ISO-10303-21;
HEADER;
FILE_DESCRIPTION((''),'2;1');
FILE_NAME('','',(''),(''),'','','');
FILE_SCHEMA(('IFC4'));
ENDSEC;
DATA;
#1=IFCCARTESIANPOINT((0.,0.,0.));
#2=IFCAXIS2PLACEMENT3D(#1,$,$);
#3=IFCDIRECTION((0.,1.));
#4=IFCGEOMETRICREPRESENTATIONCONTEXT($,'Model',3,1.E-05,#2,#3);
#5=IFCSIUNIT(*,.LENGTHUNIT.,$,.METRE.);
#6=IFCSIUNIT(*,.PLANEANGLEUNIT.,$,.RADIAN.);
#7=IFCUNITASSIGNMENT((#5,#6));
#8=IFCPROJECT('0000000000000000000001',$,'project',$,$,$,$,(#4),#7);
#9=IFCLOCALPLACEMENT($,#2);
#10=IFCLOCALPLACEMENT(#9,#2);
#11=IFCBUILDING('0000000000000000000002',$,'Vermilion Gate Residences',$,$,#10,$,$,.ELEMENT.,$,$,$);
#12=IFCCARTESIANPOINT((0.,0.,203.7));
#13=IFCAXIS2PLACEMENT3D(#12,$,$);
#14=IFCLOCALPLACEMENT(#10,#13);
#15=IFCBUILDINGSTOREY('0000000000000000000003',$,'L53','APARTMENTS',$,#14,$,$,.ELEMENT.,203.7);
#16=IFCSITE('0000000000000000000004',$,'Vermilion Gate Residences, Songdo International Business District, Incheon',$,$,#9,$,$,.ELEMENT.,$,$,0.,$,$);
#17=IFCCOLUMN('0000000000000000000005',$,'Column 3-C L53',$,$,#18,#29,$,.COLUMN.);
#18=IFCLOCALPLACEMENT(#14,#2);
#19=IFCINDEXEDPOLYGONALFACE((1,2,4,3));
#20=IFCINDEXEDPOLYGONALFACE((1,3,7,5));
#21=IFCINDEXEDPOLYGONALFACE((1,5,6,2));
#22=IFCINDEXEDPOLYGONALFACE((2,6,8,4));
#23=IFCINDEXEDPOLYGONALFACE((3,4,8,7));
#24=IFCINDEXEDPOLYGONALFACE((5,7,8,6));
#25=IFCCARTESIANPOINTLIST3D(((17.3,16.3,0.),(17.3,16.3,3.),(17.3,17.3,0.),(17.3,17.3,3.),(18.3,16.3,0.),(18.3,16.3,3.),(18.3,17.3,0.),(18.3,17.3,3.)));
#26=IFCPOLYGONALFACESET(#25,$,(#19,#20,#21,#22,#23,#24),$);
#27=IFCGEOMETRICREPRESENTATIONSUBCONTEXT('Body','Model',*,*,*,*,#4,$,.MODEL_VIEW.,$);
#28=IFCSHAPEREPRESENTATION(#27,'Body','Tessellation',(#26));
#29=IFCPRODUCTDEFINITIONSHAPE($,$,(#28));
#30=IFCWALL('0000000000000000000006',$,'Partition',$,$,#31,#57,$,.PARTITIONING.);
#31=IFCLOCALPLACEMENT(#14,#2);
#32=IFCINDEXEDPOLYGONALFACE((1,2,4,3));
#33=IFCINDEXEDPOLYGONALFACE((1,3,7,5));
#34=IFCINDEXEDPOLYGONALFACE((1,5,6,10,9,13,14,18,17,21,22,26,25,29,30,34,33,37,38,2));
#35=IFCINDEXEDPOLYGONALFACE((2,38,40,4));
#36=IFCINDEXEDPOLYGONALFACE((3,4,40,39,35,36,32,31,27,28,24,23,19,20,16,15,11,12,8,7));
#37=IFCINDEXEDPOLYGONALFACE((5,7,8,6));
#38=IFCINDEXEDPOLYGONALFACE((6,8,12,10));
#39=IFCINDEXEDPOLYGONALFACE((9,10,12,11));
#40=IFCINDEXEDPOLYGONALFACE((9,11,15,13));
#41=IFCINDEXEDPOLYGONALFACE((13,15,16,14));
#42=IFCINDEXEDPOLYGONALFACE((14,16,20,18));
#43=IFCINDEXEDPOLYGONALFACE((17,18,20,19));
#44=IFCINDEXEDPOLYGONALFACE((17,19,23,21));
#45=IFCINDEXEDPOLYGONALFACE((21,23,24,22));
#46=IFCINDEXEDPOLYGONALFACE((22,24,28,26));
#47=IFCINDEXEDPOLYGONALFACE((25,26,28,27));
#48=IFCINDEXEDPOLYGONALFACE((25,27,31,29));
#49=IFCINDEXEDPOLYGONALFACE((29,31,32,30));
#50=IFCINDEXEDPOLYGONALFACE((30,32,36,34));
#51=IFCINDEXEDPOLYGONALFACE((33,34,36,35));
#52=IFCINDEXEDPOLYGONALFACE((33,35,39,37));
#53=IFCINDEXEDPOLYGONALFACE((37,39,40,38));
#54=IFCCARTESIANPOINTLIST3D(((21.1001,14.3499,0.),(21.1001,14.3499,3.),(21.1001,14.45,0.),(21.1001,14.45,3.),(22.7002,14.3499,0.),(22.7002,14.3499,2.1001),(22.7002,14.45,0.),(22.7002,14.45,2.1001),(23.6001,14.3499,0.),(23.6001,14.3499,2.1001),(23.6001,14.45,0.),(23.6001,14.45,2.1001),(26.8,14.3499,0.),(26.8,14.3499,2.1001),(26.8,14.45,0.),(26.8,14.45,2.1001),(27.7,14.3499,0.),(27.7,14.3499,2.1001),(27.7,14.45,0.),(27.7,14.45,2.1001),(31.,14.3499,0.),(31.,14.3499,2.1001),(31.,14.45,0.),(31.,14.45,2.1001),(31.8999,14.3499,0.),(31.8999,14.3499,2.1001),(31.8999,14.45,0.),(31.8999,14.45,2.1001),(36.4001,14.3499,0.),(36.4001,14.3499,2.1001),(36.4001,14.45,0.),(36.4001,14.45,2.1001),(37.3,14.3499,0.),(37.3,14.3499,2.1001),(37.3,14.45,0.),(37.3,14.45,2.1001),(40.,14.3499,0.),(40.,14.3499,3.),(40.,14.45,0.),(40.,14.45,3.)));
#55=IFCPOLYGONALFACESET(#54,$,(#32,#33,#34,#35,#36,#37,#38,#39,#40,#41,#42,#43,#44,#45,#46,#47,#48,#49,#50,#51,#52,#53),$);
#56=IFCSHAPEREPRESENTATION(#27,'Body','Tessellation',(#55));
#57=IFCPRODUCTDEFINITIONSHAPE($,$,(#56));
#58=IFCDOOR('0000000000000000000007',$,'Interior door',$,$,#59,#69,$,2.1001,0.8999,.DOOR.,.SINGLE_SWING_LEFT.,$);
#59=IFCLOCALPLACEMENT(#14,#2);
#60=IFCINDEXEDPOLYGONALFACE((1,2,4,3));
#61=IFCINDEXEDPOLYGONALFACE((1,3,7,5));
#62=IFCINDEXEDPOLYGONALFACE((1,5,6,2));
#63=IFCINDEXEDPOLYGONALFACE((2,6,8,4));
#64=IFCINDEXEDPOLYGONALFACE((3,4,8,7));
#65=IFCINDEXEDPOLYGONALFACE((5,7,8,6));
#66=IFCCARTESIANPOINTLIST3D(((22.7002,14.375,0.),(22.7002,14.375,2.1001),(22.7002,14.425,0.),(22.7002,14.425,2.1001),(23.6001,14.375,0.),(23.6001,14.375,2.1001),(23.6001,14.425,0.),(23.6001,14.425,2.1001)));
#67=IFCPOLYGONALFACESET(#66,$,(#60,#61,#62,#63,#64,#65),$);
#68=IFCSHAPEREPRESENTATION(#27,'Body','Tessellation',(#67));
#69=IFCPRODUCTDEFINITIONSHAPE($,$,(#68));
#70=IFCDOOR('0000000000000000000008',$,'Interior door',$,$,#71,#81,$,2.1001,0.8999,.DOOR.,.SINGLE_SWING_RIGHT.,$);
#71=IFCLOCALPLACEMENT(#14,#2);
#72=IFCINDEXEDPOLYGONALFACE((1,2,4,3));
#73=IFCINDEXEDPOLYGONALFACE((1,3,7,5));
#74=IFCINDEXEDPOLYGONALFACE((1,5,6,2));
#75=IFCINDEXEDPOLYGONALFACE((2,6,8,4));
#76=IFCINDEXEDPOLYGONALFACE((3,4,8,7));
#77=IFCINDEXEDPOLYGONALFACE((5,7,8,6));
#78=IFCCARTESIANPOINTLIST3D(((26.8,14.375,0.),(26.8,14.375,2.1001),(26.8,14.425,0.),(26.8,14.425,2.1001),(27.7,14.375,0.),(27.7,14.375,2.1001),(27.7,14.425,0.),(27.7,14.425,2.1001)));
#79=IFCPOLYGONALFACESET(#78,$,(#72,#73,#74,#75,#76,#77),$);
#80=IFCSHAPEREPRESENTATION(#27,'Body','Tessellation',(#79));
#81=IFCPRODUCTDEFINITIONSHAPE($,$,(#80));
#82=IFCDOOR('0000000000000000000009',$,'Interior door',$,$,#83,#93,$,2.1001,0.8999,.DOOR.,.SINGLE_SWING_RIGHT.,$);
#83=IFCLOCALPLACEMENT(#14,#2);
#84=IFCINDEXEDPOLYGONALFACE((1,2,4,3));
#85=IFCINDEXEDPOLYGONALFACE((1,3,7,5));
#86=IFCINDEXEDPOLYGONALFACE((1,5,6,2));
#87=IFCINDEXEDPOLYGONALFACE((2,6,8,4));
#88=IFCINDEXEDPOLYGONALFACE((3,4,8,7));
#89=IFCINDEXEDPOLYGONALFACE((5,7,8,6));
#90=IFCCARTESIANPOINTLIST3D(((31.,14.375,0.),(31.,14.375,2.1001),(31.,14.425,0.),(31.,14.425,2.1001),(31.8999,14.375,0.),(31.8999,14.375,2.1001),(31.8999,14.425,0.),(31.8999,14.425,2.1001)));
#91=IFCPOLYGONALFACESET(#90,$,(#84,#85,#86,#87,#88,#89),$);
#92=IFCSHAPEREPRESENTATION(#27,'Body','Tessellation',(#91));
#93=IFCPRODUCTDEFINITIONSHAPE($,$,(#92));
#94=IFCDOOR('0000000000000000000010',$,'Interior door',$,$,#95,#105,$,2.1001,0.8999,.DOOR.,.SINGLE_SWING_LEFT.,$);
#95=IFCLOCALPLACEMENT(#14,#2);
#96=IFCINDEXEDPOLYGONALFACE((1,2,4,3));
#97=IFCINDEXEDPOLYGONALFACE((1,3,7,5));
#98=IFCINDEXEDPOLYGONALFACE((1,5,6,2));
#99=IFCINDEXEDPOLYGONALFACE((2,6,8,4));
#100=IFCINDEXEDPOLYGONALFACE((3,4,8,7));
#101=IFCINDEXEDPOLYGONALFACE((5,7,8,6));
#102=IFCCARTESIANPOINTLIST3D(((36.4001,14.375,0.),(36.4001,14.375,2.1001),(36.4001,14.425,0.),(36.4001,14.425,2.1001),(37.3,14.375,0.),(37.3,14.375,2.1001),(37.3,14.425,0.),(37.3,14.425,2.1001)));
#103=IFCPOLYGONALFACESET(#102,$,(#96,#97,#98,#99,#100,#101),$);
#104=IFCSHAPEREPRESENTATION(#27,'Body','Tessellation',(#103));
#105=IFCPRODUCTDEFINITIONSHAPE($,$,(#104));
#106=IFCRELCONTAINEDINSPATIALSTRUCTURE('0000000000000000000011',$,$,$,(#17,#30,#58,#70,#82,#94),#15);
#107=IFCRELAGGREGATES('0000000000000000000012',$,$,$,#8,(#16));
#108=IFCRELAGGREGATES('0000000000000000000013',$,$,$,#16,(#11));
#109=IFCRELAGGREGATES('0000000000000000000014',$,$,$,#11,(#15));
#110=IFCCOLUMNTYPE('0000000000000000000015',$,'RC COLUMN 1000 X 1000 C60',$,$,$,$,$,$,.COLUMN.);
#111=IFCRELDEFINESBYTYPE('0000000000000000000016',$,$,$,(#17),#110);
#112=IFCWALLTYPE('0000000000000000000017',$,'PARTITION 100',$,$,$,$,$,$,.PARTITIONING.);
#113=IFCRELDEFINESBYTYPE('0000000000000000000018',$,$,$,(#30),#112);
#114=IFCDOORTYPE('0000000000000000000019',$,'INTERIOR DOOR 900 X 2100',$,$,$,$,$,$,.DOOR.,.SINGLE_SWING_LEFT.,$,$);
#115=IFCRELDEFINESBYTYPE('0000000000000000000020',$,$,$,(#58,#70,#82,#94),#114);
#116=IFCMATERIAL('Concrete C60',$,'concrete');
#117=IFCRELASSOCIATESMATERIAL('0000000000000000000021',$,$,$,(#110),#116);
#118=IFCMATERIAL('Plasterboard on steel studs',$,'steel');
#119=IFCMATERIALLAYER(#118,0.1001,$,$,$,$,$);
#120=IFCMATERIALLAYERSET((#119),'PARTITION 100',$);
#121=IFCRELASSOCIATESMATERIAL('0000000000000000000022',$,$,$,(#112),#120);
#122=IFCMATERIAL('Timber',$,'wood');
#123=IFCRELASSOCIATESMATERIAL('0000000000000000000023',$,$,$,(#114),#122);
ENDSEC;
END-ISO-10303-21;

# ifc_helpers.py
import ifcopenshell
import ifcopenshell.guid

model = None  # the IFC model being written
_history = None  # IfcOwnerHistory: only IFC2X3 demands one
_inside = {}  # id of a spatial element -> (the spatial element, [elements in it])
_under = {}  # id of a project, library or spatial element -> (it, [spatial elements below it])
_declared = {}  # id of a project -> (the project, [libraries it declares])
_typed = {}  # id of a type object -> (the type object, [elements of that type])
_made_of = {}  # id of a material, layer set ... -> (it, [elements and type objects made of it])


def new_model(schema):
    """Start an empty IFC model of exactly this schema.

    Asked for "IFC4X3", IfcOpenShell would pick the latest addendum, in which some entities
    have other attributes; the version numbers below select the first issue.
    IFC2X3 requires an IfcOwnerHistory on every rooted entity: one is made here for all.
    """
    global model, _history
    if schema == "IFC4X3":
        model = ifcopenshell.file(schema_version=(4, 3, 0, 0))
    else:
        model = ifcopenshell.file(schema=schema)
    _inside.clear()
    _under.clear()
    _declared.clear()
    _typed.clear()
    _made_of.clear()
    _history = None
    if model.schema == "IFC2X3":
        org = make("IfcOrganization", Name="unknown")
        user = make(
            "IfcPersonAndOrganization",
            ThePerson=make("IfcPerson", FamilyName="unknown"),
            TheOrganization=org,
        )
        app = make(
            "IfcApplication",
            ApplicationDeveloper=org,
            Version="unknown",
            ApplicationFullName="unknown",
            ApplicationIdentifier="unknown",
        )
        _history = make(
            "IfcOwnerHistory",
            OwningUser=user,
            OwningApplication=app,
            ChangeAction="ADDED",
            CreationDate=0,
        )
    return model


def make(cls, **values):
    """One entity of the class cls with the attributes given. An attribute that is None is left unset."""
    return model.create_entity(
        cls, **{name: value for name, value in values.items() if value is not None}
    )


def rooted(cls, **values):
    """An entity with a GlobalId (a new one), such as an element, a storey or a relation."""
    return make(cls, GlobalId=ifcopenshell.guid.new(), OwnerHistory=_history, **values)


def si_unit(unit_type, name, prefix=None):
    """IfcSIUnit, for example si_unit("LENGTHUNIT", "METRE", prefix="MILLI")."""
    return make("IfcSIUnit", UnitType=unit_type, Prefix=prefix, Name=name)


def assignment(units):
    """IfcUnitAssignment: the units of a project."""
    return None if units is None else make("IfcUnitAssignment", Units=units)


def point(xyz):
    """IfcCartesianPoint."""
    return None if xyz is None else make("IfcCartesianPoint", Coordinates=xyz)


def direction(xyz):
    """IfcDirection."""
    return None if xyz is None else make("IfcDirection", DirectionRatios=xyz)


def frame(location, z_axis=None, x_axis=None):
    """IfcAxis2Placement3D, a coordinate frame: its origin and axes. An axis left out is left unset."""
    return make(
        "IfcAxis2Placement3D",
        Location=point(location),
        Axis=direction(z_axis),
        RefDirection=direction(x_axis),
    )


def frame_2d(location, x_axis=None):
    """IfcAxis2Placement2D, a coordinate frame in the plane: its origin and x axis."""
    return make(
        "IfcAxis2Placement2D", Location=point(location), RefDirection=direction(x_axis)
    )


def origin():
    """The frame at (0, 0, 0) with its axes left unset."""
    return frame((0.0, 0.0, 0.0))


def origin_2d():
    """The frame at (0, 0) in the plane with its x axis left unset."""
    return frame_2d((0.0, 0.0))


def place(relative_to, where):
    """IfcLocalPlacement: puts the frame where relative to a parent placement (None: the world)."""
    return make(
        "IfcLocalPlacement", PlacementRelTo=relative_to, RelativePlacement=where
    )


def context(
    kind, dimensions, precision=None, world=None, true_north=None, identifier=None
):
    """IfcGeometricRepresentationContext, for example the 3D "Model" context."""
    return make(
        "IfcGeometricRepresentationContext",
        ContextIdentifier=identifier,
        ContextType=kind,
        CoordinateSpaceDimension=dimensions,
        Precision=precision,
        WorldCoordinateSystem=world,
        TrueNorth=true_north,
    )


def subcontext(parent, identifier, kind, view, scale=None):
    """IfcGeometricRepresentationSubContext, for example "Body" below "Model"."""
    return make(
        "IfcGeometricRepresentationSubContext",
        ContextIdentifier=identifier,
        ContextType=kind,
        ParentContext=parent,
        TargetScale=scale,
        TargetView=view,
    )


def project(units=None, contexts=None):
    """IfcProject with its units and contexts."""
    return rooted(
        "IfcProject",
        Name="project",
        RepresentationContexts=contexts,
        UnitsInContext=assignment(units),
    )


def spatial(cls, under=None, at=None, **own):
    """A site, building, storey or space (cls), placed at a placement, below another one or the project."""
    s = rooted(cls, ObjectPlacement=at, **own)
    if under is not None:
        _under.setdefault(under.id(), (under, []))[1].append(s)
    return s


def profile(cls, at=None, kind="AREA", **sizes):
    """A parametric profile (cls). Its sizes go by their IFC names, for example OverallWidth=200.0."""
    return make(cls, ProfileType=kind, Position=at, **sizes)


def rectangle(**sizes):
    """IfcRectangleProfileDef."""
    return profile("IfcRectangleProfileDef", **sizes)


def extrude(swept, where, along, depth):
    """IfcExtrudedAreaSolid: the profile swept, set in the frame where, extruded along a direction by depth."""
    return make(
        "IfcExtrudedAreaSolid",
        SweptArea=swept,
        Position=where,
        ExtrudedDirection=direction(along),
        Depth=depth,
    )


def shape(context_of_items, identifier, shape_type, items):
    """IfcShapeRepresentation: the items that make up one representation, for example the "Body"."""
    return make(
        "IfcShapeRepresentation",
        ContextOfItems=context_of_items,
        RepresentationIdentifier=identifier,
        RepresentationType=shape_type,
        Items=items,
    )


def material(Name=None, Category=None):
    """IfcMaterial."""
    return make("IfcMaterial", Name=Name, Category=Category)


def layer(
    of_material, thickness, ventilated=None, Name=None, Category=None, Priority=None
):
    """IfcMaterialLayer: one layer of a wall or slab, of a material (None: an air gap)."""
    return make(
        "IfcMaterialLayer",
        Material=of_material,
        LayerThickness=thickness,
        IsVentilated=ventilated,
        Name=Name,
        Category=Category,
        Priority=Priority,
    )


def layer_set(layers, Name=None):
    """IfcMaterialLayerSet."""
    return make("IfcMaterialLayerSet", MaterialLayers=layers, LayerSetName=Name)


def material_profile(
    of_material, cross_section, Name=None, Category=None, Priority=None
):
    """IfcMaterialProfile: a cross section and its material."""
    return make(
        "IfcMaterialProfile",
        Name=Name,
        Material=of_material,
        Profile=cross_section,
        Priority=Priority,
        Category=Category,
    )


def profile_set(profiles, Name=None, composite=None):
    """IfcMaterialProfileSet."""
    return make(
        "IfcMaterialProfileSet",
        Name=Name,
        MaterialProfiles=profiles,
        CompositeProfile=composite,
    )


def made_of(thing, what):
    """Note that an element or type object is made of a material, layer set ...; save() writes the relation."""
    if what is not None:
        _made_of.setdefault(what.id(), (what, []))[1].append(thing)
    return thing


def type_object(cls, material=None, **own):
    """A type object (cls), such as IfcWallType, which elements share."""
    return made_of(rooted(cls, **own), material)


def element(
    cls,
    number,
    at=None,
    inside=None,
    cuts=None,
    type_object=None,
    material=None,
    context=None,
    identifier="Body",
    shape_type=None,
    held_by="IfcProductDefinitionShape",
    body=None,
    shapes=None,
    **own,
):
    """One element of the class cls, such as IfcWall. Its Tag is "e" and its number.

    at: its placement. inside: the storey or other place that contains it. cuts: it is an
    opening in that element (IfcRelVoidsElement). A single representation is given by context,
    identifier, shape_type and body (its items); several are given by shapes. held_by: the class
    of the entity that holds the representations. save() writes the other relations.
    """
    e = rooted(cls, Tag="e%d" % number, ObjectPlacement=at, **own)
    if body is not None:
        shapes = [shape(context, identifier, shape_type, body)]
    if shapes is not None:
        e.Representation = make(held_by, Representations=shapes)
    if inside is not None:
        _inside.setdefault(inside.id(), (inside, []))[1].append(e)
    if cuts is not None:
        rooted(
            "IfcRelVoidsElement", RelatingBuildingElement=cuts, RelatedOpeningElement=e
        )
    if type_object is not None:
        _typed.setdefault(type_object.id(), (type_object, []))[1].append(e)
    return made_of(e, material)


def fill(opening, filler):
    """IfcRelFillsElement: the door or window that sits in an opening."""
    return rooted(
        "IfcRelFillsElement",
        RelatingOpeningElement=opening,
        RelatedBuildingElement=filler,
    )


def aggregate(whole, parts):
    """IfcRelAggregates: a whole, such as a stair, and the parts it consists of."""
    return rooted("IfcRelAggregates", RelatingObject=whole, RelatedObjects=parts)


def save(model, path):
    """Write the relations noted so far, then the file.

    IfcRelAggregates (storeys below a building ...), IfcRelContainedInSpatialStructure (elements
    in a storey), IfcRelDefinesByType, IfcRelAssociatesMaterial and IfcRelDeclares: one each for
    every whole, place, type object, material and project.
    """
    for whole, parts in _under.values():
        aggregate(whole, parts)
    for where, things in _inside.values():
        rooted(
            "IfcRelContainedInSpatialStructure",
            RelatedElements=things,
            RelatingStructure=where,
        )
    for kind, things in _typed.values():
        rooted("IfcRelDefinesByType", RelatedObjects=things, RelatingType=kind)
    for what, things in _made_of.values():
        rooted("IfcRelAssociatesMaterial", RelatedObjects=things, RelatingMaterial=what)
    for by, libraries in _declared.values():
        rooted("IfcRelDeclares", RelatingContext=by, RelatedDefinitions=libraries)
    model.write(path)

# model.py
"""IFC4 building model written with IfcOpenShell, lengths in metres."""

from ifc_helpers import new_model, si_unit, direction, frame, frame_2d, origin, origin_2d, place, context, subcontext, project, spatial, rectangle, extrude, material, layer, layer_set, material_profile, profile_set, type_object, element, fill, save


model = new_model("IFC4")

# Units and contexts
model_context = context("Model", 3, precision=1e-05, world=origin(), true_north=direction((0.0, 1.0)))
body_context = subcontext(model_context, "Body", "Model", "MODEL_VIEW")
ifc_project = project(units=[si_unit("LENGTHUNIT", "METRE"), si_unit("PLANEANGLEUNIT", "RADIAN")], contexts=[model_context])

# Site, building, storey
site_placement = place(None, origin())
site = spatial("IfcSite", under=ifc_project, at=site_placement, Name="Vermilion Gate Residences, Songdo International Business District, Incheon", CompositionType="ELEMENT", RefElevation=0.0)
building_placement = place(site_placement, origin())
building = spatial("IfcBuilding", under=site, at=building_placement, Name="Vermilion Gate Residences", CompositionType="ELEMENT")
storey_placement = place(building_placement, frame((0.0, 0.0, 203.7)))
storey = spatial("IfcBuildingStorey", under=building, at=storey_placement, Name="L53", Description="APARTMENTS", CompositionType="ELEMENT", Elevation=203.7)

# Column
ifc_material_1 = material(Name="Concrete C60", Category="concrete")
ifc_material_profile = material_profile(ifc_material_1, rectangle(XDim=1.0, YDim=1.0, at=origin_2d()), Name="RC-1000x1000")
ifc_profile_set = profile_set([ifc_material_profile], Name="Concrete C60")
column_type = type_object("IfcColumnType", Name="RC COLUMN 1000 X 1000 C60", PredefinedType="COLUMN", material=ifc_profile_set)
column_placement = place(storey_placement, frame((17.8, 16.8, 0.0), z_axis=(0.0, 0.0, 1.0), x_axis=(1.0, 0.0, 0.0)))
element("IfcColumn", 1, at=column_placement, inside=storey, type_object=column_type, Name="Column 3-C L53", PredefinedType="COLUMN", context=body_context, shape_type="SweptSolid", body=[
    extrude(rectangle(XDim=1.0, YDim=1.0, at=origin_2d()), origin(), (0.0, 0.0, 1.0), 3.0),
])

# Wall, openings, doors
ifc_material_2 = material(Name="Plasterboard on steel studs", Category="steel")
ifc_layer_1 = layer(ifc_material_2, 0.1001)
ifc_layer_set_1 = layer_set([ifc_layer_1], Name="PARTITION 100")
wall_type_1 = type_object("IfcWallType", Name="PARTITION 100", PredefinedType="PARTITIONING", material=ifc_layer_set_1)
wall_1_placement = place(storey_placement, frame((21.1001, 14.3999, 0.0), z_axis=(0.0, 0.0, 1.0), x_axis=(1.0, 0.0, 0.0)))
wall_1 = element("IfcWall", 2, at=wall_1_placement, inside=storey, type_object=wall_type_1, Name="Partition", PredefinedType="PARTITIONING", context=body_context, shape_type="SweptSolid", body=[
    extrude(rectangle(XDim=18.8999, YDim=0.1001, at=frame_2d((9.45, 0.0))), origin(), (0.0, 0.0, 1.0), 3.0),
])
opening_1_placement = place(wall_1_placement, frame((1.6001, 0.0, 0.0)))
opening_1 = element("IfcOpeningElement", 3, at=opening_1_placement, cuts=wall_1, PredefinedType="OPENING", context=body_context, shape_type="SweptSolid", body=[
    extrude(rectangle(XDim=0.8999, YDim=2.1001, at=frame_2d((0.45, 1.05))), frame((0.0, 0.0601, 0.0), z_axis=(0.0, -1.0, 0.0), x_axis=(1.0, 0.0, 0.0)), (0.0, 0.0, 1.0), 0.1201),
])
opening_2_placement = place(wall_1_placement, frame((5.7, 0.0, 0.0)))
opening_2 = element("IfcOpeningElement", 4, at=opening_2_placement, cuts=wall_1, PredefinedType="OPENING", context=body_context, shape_type="SweptSolid", body=[
    extrude(rectangle(XDim=0.8999, YDim=2.1001, at=frame_2d((0.45, 1.05))), frame((0.0, 0.0601, 0.0), z_axis=(0.0, -1.0, 0.0), x_axis=(1.0, 0.0, 0.0)), (0.0, 0.0, 1.0), 0.1201),
])
opening_3_placement = place(wall_1_placement, frame((9.8999, 0.0, 0.0)))
opening_3 = element("IfcOpeningElement", 5, at=opening_3_placement, cuts=wall_1, PredefinedType="OPENING", context=body_context, shape_type="SweptSolid", body=[
    extrude(rectangle(XDim=0.8999, YDim=2.1001, at=frame_2d((0.45, 1.05))), frame((0.0, 0.0601, 0.0), z_axis=(0.0, -1.0, 0.0), x_axis=(1.0, 0.0, 0.0)), (0.0, 0.0, 1.0), 0.1201),
])
opening_4_placement = place(wall_1_placement, frame((15.3, 0.0, 0.0)))
opening_4 = element("IfcOpeningElement", 6, at=opening_4_placement, cuts=wall_1, PredefinedType="OPENING", context=body_context, shape_type="SweptSolid", body=[
    extrude(rectangle(XDim=0.8999, YDim=2.1001, at=frame_2d((0.45, 1.05))), frame((0.0, 0.0601, 0.0), z_axis=(0.0, -1.0, 0.0), x_axis=(1.0, 0.0, 0.0)), (0.0, 0.0, 1.0), 0.1201),
])
ifc_material_3 = material(Name="Timber", Category="wood")
door_type_1 = type_object("IfcDoorType", Name="INTERIOR DOOR 900 X 2100", OperationType="SINGLE_SWING_LEFT", PredefinedType="DOOR", material=ifc_material_3)
door_1_placement = place(opening_1_placement, frame((0.8999, 0.0, 0.0), z_axis=(0.0, 0.0, 1.0), x_axis=(-1.0, 0.0, 0.0)))
door_1 = element("IfcDoor", 7, at=door_1_placement, inside=storey, type_object=door_type_1, Name="Interior door", OperationType="SINGLE_SWING_LEFT", OverallHeight=2.1001, OverallWidth=0.8999, PredefinedType="DOOR", context=body_context, shape_type="SweptSolid", body=[
    extrude(rectangle(XDim=0.8999, YDim=2.1001, at=frame_2d((0.45, 1.05))), frame((0.0, 0.0249, 0.0), z_axis=(0.0, -1.0, 0.0), x_axis=(1.0, 0.0, 0.0)), (0.0, 0.0, 1.0), 0.05),
])
fill(opening_1, door_1)
door_2_placement = place(opening_2_placement, frame((0.8999, 0.0, 0.0), z_axis=(0.0, 0.0, 1.0), x_axis=(-1.0, 0.0, 0.0)))
door_2 = element("IfcDoor", 8, at=door_2_placement, inside=storey, type_object=door_type_1, Name="Interior door", OperationType="SINGLE_SWING_RIGHT", OverallHeight=2.1001, OverallWidth=0.8999, PredefinedType="DOOR", context=body_context, shape_type="SweptSolid", body=[
    extrude(rectangle(XDim=0.8999, YDim=2.1001, at=frame_2d((0.45, 1.05))), frame((0.0, 0.0249, 0.0), z_axis=(0.0, -1.0, 0.0), x_axis=(1.0, 0.0, 0.0)), (0.0, 0.0, 1.0), 0.05),
])
fill(opening_2, door_2)
door_3_placement = place(opening_3_placement, frame((0.8999, 0.0, 0.0), z_axis=(0.0, 0.0, 1.0), x_axis=(-1.0, 0.0, 0.0)))
door_3 = element("IfcDoor", 9, at=door_3_placement, inside=storey, type_object=door_type_1, Name="Interior door", OperationType="SINGLE_SWING_RIGHT", OverallHeight=2.1001, OverallWidth=0.8999, PredefinedType="DOOR", context=body_context, shape_type="SweptSolid", body=[
    extrude(rectangle(XDim=0.8999, YDim=2.1001, at=frame_2d((0.45, 1.05))), frame((0.0, 0.0249, 0.0), z_axis=(0.0, -1.0, 0.0), x_axis=(1.0, 0.0, 0.0)), (0.0, 0.0, 1.0), 0.05),
])
fill(opening_3, door_3)
door_4_placement = place(opening_4_placement, frame((0.8999, 0.0, 0.0), z_axis=(0.0, 0.0, 1.0), x_axis=(-1.0, 0.0, 0.0)))
door_4 = element("IfcDoor", 10, at=door_4_placement, inside=storey, type_object=door_type_1, Name="Interior door", OperationType="SINGLE_SWING_LEFT", OverallHeight=2.1001, OverallWidth=0.8999, PredefinedType="DOOR", context=body_context, shape_type="SweptSolid", body=[
    extrude(rectangle(XDim=0.8999, YDim=2.1001, at=frame_2d((0.45, 1.05))), frame((0.0, 0.0249, 0.0), z_axis=(0.0, -1.0, 0.0), x_axis=(1.0, 0.0, 0.0)), (0.0, 0.0, 1.0), 0.05),
])
fill(opening_4, door_4)

save(model, "model.ifc")
